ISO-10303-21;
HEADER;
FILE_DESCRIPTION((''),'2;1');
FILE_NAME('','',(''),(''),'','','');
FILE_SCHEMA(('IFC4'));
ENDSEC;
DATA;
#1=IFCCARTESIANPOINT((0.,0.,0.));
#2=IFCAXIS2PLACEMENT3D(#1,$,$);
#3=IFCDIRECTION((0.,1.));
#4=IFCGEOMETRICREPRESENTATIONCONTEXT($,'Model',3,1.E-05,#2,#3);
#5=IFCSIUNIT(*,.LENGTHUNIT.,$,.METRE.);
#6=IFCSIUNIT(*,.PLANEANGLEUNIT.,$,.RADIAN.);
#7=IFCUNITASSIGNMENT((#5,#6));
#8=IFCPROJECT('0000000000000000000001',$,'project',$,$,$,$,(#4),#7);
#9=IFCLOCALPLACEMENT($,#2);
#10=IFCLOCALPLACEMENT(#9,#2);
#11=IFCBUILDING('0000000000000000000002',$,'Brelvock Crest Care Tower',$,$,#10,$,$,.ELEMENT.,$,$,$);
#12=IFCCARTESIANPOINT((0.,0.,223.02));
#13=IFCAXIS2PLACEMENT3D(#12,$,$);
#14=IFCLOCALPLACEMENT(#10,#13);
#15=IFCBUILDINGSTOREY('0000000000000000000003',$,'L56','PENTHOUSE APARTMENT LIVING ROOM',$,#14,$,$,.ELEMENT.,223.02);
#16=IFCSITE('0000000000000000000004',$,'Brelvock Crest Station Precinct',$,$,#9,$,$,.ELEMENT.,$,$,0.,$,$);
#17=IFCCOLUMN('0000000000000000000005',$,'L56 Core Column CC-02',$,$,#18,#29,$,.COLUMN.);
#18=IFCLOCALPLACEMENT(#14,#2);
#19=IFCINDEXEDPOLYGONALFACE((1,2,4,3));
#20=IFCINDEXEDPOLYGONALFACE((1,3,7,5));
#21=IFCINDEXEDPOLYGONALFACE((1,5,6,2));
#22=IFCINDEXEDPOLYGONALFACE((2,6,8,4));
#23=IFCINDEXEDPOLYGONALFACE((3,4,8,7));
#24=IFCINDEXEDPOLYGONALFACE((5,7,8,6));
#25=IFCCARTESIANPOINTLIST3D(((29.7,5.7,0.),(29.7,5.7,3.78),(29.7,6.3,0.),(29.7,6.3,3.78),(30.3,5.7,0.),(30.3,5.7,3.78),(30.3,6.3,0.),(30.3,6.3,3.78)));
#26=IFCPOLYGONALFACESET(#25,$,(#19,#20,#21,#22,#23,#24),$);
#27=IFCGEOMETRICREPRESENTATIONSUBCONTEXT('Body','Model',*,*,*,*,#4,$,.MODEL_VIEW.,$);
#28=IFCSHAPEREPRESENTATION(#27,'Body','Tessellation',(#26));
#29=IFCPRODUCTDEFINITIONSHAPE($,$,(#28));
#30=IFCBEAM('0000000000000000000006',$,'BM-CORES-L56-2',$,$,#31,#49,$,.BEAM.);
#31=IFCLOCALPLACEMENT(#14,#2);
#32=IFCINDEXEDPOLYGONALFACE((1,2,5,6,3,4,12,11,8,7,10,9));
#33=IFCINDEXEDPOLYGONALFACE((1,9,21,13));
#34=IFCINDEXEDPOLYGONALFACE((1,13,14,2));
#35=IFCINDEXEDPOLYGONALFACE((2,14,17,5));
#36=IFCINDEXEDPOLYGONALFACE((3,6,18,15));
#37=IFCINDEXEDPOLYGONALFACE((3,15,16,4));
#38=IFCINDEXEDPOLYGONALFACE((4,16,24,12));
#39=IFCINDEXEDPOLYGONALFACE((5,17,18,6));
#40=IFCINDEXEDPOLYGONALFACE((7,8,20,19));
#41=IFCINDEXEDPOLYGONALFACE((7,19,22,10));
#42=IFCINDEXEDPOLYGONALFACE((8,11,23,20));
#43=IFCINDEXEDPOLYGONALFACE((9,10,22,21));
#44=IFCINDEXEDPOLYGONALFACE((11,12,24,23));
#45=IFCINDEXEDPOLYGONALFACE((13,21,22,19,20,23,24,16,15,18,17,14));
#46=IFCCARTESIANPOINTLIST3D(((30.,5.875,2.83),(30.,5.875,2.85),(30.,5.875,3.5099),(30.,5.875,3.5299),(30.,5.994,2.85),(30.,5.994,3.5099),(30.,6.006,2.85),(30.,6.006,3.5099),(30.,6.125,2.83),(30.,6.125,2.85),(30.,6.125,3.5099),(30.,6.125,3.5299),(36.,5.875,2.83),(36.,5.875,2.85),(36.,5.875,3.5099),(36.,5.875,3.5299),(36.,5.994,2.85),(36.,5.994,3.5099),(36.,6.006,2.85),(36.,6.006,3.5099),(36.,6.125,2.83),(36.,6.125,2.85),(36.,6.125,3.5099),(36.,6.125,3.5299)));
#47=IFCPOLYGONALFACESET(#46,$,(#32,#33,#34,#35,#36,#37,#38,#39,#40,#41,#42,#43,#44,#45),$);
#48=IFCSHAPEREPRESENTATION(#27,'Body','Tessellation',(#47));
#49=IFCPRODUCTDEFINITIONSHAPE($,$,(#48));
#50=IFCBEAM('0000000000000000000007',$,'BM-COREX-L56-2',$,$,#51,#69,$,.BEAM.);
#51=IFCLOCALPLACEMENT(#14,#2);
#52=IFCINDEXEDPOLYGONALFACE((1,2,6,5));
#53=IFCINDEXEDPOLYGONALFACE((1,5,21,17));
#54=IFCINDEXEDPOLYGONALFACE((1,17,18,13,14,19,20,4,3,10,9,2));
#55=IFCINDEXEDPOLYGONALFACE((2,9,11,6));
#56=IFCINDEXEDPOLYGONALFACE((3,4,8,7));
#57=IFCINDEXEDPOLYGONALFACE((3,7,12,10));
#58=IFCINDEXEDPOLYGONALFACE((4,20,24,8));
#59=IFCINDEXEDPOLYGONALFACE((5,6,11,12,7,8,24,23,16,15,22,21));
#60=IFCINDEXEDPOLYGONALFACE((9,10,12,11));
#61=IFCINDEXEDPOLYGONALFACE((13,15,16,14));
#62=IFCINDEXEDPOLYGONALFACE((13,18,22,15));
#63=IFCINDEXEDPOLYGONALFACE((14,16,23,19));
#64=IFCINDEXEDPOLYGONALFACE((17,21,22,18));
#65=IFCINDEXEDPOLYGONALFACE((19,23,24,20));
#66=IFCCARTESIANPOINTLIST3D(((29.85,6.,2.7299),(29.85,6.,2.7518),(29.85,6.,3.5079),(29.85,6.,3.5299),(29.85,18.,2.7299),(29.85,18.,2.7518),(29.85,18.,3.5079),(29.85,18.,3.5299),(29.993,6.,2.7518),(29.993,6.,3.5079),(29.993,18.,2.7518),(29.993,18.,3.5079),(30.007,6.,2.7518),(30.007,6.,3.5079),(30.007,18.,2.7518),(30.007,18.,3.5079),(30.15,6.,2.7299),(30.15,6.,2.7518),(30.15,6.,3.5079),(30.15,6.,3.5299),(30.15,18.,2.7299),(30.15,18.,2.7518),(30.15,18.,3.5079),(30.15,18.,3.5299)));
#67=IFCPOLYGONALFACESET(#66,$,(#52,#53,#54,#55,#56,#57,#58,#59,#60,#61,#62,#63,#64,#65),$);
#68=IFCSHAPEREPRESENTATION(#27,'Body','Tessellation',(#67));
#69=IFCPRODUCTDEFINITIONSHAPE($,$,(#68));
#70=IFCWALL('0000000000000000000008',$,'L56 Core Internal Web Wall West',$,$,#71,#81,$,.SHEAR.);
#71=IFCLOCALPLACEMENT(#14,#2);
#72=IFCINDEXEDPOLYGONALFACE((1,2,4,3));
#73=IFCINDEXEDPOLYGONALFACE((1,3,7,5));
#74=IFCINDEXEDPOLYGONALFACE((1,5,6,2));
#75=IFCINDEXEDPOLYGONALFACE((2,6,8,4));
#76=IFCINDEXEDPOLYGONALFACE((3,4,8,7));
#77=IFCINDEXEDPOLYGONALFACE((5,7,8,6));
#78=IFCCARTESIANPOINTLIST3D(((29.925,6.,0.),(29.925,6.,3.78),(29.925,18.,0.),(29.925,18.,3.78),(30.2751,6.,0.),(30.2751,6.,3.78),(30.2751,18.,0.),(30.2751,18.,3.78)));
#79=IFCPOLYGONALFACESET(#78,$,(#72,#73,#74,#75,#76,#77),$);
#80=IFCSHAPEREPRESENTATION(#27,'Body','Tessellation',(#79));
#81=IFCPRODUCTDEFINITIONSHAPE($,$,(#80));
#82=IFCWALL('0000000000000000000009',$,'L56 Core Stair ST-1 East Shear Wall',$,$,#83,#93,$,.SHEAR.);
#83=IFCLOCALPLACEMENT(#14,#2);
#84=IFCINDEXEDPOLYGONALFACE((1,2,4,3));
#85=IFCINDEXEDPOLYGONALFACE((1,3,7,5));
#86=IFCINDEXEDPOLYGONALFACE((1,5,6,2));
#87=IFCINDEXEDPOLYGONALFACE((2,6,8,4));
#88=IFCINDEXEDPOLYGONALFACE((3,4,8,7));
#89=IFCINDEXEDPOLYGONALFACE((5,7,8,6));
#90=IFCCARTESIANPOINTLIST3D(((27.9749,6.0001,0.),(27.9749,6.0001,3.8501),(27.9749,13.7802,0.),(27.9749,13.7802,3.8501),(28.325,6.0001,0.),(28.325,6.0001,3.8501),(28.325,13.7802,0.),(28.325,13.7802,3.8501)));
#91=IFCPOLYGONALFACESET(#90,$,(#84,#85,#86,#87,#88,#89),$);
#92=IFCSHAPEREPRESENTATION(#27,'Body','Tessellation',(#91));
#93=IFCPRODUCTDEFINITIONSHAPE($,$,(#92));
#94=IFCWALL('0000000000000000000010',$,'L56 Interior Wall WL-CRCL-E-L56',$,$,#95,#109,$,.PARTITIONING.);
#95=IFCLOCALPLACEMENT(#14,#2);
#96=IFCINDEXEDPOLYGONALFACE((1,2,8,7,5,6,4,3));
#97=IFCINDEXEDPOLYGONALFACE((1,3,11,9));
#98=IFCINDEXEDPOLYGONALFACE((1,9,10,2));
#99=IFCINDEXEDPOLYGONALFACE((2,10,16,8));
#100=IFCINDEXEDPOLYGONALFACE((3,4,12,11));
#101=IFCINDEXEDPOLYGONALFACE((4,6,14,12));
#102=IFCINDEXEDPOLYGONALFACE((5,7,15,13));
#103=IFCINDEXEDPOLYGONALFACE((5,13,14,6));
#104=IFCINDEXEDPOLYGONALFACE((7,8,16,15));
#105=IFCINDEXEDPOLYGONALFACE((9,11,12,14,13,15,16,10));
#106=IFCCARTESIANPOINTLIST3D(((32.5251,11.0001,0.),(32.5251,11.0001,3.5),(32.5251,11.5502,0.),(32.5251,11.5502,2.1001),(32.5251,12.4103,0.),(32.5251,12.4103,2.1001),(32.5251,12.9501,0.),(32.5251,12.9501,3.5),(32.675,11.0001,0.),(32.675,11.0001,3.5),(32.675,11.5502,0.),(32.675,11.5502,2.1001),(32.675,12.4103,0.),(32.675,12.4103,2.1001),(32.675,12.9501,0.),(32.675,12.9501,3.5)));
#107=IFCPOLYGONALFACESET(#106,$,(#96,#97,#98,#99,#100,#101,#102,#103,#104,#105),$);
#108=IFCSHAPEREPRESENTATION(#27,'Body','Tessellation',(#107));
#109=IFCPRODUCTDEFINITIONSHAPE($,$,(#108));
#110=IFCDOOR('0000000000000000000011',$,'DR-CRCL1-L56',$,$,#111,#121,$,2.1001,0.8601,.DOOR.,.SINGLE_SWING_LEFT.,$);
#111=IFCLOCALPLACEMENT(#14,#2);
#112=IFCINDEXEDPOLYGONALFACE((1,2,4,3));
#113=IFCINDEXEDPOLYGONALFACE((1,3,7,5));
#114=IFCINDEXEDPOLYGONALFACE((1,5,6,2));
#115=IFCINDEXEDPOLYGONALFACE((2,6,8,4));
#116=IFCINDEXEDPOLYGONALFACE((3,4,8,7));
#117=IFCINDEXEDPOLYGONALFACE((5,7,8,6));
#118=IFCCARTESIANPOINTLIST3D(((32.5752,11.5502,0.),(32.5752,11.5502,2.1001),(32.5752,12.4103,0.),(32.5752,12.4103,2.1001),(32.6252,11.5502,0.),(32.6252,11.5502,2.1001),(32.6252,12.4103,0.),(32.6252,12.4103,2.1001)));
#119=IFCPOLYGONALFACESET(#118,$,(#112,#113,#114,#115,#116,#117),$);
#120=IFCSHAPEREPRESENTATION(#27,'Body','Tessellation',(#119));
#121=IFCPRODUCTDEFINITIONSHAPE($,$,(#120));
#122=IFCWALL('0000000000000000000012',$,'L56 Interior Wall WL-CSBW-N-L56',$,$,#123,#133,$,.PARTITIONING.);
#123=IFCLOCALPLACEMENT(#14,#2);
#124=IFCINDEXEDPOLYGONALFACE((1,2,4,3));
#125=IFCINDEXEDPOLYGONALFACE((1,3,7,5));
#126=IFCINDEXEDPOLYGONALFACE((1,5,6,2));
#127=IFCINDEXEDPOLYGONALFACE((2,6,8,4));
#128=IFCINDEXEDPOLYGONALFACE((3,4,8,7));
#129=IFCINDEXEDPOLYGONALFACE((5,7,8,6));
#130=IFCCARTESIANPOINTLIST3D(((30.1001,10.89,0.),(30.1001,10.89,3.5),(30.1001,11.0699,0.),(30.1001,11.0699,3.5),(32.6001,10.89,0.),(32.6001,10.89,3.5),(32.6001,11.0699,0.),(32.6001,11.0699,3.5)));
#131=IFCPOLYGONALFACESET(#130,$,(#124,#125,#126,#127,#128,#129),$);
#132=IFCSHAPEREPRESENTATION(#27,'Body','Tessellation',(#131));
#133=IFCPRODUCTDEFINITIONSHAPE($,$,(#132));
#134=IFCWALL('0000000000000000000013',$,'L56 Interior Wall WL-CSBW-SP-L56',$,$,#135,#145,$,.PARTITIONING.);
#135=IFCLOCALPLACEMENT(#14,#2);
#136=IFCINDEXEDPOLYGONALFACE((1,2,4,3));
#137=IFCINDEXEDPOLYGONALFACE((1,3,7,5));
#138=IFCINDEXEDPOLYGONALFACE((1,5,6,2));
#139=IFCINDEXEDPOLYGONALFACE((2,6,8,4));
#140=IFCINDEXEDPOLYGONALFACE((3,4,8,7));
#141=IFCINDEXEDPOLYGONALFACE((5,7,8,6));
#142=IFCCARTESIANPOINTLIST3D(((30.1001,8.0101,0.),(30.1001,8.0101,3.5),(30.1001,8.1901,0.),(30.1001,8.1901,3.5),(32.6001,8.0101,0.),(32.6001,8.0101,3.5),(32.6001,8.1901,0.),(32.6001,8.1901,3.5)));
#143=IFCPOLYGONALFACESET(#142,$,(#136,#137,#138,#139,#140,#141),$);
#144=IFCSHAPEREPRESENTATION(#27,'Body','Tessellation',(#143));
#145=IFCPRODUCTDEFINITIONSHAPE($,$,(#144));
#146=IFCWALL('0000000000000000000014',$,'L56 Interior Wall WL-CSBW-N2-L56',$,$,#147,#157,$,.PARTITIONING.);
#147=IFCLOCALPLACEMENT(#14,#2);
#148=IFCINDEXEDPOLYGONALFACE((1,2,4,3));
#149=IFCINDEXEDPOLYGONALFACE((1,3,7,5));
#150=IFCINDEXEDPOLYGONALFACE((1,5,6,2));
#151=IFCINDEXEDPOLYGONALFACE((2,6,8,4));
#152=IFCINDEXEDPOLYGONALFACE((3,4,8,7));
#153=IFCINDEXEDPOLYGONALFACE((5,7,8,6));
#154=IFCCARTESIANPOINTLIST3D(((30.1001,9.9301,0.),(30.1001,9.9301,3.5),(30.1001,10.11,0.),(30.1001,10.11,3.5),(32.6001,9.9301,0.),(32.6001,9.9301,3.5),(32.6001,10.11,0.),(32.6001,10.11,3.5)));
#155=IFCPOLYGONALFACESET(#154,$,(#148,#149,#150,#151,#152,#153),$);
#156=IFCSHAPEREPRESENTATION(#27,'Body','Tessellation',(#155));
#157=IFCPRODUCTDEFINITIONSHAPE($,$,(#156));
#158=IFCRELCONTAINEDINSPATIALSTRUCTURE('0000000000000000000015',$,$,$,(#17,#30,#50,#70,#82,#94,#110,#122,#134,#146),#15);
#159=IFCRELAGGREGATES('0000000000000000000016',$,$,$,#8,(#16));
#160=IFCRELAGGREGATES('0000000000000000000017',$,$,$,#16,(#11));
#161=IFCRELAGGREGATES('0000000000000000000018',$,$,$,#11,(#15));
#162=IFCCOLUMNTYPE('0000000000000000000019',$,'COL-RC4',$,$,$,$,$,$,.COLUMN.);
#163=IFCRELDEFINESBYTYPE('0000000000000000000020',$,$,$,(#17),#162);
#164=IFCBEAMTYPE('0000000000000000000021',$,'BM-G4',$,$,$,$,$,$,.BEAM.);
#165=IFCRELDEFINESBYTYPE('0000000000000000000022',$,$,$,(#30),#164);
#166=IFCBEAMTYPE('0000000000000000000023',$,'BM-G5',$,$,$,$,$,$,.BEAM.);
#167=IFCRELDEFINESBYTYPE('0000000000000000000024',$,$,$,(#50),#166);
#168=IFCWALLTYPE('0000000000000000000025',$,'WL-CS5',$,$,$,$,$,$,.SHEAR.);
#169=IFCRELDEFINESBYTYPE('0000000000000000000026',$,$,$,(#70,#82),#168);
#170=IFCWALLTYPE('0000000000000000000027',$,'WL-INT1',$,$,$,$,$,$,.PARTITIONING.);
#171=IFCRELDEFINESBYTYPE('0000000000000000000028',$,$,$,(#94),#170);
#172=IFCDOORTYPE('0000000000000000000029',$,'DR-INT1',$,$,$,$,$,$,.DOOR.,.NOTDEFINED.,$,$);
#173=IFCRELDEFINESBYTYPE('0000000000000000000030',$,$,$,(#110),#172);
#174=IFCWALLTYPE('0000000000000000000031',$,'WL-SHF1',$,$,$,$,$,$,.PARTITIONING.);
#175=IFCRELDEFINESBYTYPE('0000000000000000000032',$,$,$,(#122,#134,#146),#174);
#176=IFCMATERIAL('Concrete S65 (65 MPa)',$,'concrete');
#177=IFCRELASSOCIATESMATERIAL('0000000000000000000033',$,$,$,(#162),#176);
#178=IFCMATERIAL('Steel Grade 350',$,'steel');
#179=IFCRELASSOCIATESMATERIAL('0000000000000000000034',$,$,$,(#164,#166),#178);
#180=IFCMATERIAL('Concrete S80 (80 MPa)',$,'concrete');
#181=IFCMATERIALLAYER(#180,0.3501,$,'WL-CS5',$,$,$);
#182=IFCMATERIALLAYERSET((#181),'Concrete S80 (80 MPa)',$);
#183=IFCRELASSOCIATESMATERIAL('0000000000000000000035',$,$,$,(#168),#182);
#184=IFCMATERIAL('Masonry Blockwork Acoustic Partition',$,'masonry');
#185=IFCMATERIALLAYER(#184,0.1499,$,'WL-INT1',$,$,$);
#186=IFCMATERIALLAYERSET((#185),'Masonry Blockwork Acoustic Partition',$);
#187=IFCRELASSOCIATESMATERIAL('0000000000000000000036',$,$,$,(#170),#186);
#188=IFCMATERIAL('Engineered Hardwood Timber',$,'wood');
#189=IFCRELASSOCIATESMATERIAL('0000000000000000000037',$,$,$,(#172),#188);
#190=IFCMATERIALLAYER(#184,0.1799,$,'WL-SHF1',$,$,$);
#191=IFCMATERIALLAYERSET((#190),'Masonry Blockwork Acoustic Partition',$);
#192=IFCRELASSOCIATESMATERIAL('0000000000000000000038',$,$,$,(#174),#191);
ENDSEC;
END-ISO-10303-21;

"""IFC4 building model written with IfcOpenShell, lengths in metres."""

from ifc_helpers import new_model, si_unit, direction, frame, frame_2d, origin, origin_2d, place, context, subcontext, project, spatial, rectangle, i_section, extrude, source, transform, mapped, material, layer, layer_set, material_profile, profile_set, type_object, element, fill, save


model = new_model("IFC4")

# Units and contexts
model_context = context("Model", 3, precision=1e-05, world=origin(), true_north=direction((0.0, 1.0)))
body_context = subcontext(model_context, "Body", "Model", "MODEL_VIEW")
ifc_project = project(units=[si_unit("LENGTHUNIT", "METRE"), si_unit("PLANEANGLEUNIT", "RADIAN")], contexts=[model_context])

# Site, building, storey
site_placement = place(None, origin())
site = spatial("IfcSite", under=ifc_project, at=site_placement, Name="Brelvock Crest Station Precinct", CompositionType="ELEMENT", RefElevation=0.0)
building_placement = place(site_placement, origin())
building = spatial("IfcBuilding", under=site, at=building_placement, Name="Brelvock Crest Care Tower", CompositionType="ELEMENT")
storey_placement = place(building_placement, frame((0.0, 0.0, 223.02)))
storey = spatial("IfcBuildingStorey", under=building, at=storey_placement, Name="L56", Description="PENTHOUSE APARTMENT LIVING ROOM", CompositionType="ELEMENT", Elevation=223.02)

# Column
ifc_material_1 = material(Name="Concrete S65 (65 MPa)", Category="concrete")
ifc_material_profile_1 = material_profile(ifc_material_1, rectangle(XDim=0.6001, YDim=0.6001, at=origin_2d()), Name="RC600x600")
ifc_profile_set_1 = profile_set([ifc_material_profile_1], Name="Concrete S65 (65 MPa)")
column_type = type_object("IfcColumnType", Name="COL-RC4", PredefinedType="COLUMN", material=ifc_profile_set_1)
shared_shape_1 = source(origin(), body_context, "Body", "SweptSolid", [
    extrude(rectangle(XDim=0.6001, YDim=0.6001, at=origin_2d()), origin(), (0.0, 0.0, 1.0), 3.78),
])
column_placement = place(storey_placement, frame((30.0, 6.0, 0.0), z_axis=(0.0, 0.0, 1.0), x_axis=(1.0, 0.0, 0.0)))
element("IfcColumn", 1, at=column_placement, inside=storey, type_object=column_type, Name="L56 Core Column CC-02", PredefinedType="COLUMN", context=body_context, shape_type="MappedRepresentation", body=[
    mapped(shared_shape_1, transform((0.0, 0.0, 0.0), x_axis=(1.0, 0.0, 0.0), y_axis=(0.0, 1.0, 0.0), z_axis=(0.0, 0.0, 1.0), scale=1.0)),
])

# Beams
ifc_material_2 = material(Name="Steel Grade 350", Category="steel")
ifc_material_profile_2 = material_profile(ifc_material_2, i_section(OverallWidth=0.25, OverallDepth=0.7, WebThickness=0.012, FlangeThickness=0.02, at=origin_2d()), Name="700WB150")
ifc_profile_set_2 = profile_set([ifc_material_profile_2], Name="Steel Grade 350")
beam_type_1 = type_object("IfcBeamType", Name="BM-G4", PredefinedType="BEAM", material=ifc_profile_set_2)
shared_shape_2 = source(origin(), body_context, "Body", "SweptSolid", [
    extrude(i_section(OverallWidth=0.25, OverallDepth=0.7, WebThickness=0.012, FlangeThickness=0.02, at=origin_2d()), origin(), (0.0, 0.0, 1.0), 6.0),
])
beam_1_placement = place(storey_placement, frame((30.0, 6.0, 3.1799), z_axis=(1.0, 0.0, 0.0), x_axis=(0.0, 1.0, 0.0)))
element("IfcBeam", 2, at=beam_1_placement, inside=storey, type_object=beam_type_1, Name="BM-CORES-L56-2", PredefinedType="BEAM", context=body_context, shape_type="MappedRepresentation", body=[
    mapped(shared_shape_2, transform((0.0, 0.0, 0.0), x_axis=(1.0, 0.0, 0.0), y_axis=(0.0, 1.0, 0.0), z_axis=(0.0, 0.0, 1.0), scale=1.0)),
])
ifc_material_profile_3 = material_profile(ifc_material_2, i_section(OverallWidth=0.3, OverallDepth=0.8, WebThickness=0.0139, FlangeThickness=0.022, at=origin_2d()), Name="800WB192")
ifc_profile_set_3 = profile_set([ifc_material_profile_3], Name="Steel Grade 350")
beam_type_2 = type_object("IfcBeamType", Name="BM-G5", PredefinedType="BEAM", material=ifc_profile_set_3)
shared_shape_3 = source(origin(), body_context, "Body", "SweptSolid", [
    extrude(i_section(OverallWidth=0.3, OverallDepth=0.8, WebThickness=0.0139, FlangeThickness=0.022, at=origin_2d()), origin(), (0.0, 0.0, 1.0), 12.0),
])
beam_2_placement = place(storey_placement, frame((30.0, 6.0, 3.1299), z_axis=(0.0, 1.0, 0.0), x_axis=(-1.0, 0.0, 0.0)))
element("IfcBeam", 3, at=beam_2_placement, inside=storey, type_object=beam_type_2, Name="BM-COREX-L56-2", PredefinedType="BEAM", context=body_context, shape_type="MappedRepresentation", body=[
    mapped(shared_shape_3, transform((0.0, 0.0, 0.0), x_axis=(1.0, 0.0, 0.0), y_axis=(0.0, 1.0, 0.0), z_axis=(0.0, 0.0, 1.0), scale=1.0)),
])

# Walls
ifc_material_3 = material(Name="Concrete S80 (80 MPa)", Category="concrete")
ifc_layer_1 = layer(ifc_material_3, 0.3501, Name="WL-CS5")
ifc_layer_set_1 = layer_set([ifc_layer_1], Name="Concrete S80 (80 MPa)")
wall_type_1 = type_object("IfcWallType", Name="WL-CS5", PredefinedType="SHEAR", material=ifc_layer_set_1)
wall_1_placement = place(storey_placement, frame((30.1001, 6.0, 0.0), z_axis=(0.0, 0.0, 1.0), x_axis=(0.0, 1.0, 0.0)))
element("IfcWall", 4, at=wall_1_placement, inside=storey, type_object=wall_type_1, Name="L56 Core Internal Web Wall West", PredefinedType="SHEAR", context=body_context, shape_type="SweptSolid", body=[
    extrude(rectangle(XDim=12.0, YDim=0.3501, at=frame_2d((6.0, 0.0))), origin(), (0.0, 0.0, 1.0), 3.78),
])
wall_2_placement = place(storey_placement, frame((28.1499, 6.0, 0.0), z_axis=(0.0, 0.0, 1.0), x_axis=(0.0, 1.0, 0.0)))
element("IfcWall", 5, at=wall_2_placement, inside=storey, type_object=wall_type_1, Name="L56 Core Stair ST-1 East Shear Wall", PredefinedType="SHEAR", context=body_context, shape_type="SweptSolid", body=[
    extrude(rectangle(XDim=7.78, YDim=0.3501, at=frame_2d((3.8901, 0.0))), origin(), (0.0, 0.0, 1.0), 3.8501),
])

# Wall, opening, door
ifc_material_4 = material(Name="Masonry Blockwork Acoustic Partition", Category="masonry")
ifc_layer_2 = layer(ifc_material_4, 0.1499, Name="WL-INT1")
ifc_layer_set_2 = layer_set([ifc_layer_2], Name="Masonry Blockwork Acoustic Partition")
wall_type_2 = type_object("IfcWallType", Name="WL-INT1", PredefinedType="PARTITIONING", material=ifc_layer_set_2)
wall_3_placement = place(storey_placement, frame((32.6001, 11.0, 0.0), z_axis=(0.0, 0.0, 1.0), x_axis=(0.0, 1.0, 0.0)))
wall_3 = element("IfcWall", 6, at=wall_3_placement, inside=storey, type_object=wall_type_2, Name="L56 Interior Wall WL-CRCL-E-L56", PredefinedType="PARTITIONING", context=body_context, shape_type="SweptSolid", body=[
    extrude(rectangle(XDim=1.95, YDim=0.1499, at=frame_2d((0.9751, 0.0))), origin(), (0.0, 0.0, 1.0), 3.5),
])
opening_1_placement = place(wall_3_placement, frame((0.55, 0.0, 0.0)))
opening_1 = element("IfcOpeningElement", 7, at=opening_1_placement, cuts=wall_3, PredefinedType="OPENING", context=body_context, shape_type="SweptSolid", body=[
    extrude(rectangle(XDim=0.8601, YDim=2.1001, at=origin_2d()), frame((0.4302, 0.085, 1.05), z_axis=(0.0, -1.0, 0.0), x_axis=(1.0, 0.0, 0.0)), (0.0, 0.0, 1.0), 0.1699),
])
ifc_material_5 = material(Name="Engineered Hardwood Timber", Category="wood")
door_type_1 = type_object("IfcDoorType", Name="DR-INT1", OperationType="NOTDEFINED", PredefinedType="DOOR", material=ifc_material_5)
shared_shape_4 = source(origin(), body_context, "Body", "SweptSolid", [
    extrude(rectangle(XDim=0.8601, YDim=2.1001, at=origin_2d()), frame((0.4302, 0.0249, 1.05), z_axis=(0.0, -1.0, 0.0), x_axis=(1.0, 0.0, 0.0)), (0.0, 0.0, 1.0), 0.05),
])
door_1_placement = place(opening_1_placement, origin())
door_1 = element("IfcDoor", 8, at=door_1_placement, inside=storey, type_object=door_type_1, Name="DR-CRCL1-L56", OperationType="SINGLE_SWING_LEFT", OverallHeight=2.1001, OverallWidth=0.8601, PredefinedType="DOOR", context=body_context, shape_type="MappedRepresentation", body=[
    mapped(shared_shape_4, transform((0.0, 0.0, 0.0), x_axis=(1.0, 0.0, 0.0), y_axis=(0.0, 1.0, 0.0), z_axis=(0.0, 0.0, 1.0), scale=1.0)),
])
fill(opening_1, door_1)

# Walls
ifc_layer_3 = layer(ifc_material_4, 0.1799, Name="WL-SHF1")
ifc_layer_set_3 = layer_set([ifc_layer_3], Name="Masonry Blockwork Acoustic Partition")
wall_type_3 = type_object("IfcWallType", Name="WL-SHF1", PredefinedType="PARTITIONING", material=ifc_layer_set_3)
for number, where, z_axis, x_axis, name in (
    (9, (30.1001, 10.98, 0.0), (0.0, 0.0, 1.0), (1.0, 0.0, 0.0), "L56 Interior Wall WL-CSBW-N-L56"),
    (10, (30.1001, 8.1001, 0.0), (0.0, 0.0, 1.0), (1.0, 0.0, 0.0), "L56 Interior Wall WL-CSBW-SP-L56"),
    (11, (30.1001, 10.02, 0.0), (0.0, 0.0, 1.0), (1.0, 0.0, 0.0), "L56 Interior Wall WL-CSBW-N2-L56"),
):
    element("IfcWall", number, at=place(storey_placement, frame(where, z_axis=z_axis, x_axis=x_axis)), inside=storey, type_object=wall_type_3, Name=name, PredefinedType="PARTITIONING", context=body_context, shape_type="SweptSolid", body=[
        extrude(rectangle(XDim=2.5, YDim=0.1799, at=frame_2d((1.25, 0.0))), origin(), (0.0, 0.0, 1.0), 3.5),
    ])

save(model, "model.ifc")
